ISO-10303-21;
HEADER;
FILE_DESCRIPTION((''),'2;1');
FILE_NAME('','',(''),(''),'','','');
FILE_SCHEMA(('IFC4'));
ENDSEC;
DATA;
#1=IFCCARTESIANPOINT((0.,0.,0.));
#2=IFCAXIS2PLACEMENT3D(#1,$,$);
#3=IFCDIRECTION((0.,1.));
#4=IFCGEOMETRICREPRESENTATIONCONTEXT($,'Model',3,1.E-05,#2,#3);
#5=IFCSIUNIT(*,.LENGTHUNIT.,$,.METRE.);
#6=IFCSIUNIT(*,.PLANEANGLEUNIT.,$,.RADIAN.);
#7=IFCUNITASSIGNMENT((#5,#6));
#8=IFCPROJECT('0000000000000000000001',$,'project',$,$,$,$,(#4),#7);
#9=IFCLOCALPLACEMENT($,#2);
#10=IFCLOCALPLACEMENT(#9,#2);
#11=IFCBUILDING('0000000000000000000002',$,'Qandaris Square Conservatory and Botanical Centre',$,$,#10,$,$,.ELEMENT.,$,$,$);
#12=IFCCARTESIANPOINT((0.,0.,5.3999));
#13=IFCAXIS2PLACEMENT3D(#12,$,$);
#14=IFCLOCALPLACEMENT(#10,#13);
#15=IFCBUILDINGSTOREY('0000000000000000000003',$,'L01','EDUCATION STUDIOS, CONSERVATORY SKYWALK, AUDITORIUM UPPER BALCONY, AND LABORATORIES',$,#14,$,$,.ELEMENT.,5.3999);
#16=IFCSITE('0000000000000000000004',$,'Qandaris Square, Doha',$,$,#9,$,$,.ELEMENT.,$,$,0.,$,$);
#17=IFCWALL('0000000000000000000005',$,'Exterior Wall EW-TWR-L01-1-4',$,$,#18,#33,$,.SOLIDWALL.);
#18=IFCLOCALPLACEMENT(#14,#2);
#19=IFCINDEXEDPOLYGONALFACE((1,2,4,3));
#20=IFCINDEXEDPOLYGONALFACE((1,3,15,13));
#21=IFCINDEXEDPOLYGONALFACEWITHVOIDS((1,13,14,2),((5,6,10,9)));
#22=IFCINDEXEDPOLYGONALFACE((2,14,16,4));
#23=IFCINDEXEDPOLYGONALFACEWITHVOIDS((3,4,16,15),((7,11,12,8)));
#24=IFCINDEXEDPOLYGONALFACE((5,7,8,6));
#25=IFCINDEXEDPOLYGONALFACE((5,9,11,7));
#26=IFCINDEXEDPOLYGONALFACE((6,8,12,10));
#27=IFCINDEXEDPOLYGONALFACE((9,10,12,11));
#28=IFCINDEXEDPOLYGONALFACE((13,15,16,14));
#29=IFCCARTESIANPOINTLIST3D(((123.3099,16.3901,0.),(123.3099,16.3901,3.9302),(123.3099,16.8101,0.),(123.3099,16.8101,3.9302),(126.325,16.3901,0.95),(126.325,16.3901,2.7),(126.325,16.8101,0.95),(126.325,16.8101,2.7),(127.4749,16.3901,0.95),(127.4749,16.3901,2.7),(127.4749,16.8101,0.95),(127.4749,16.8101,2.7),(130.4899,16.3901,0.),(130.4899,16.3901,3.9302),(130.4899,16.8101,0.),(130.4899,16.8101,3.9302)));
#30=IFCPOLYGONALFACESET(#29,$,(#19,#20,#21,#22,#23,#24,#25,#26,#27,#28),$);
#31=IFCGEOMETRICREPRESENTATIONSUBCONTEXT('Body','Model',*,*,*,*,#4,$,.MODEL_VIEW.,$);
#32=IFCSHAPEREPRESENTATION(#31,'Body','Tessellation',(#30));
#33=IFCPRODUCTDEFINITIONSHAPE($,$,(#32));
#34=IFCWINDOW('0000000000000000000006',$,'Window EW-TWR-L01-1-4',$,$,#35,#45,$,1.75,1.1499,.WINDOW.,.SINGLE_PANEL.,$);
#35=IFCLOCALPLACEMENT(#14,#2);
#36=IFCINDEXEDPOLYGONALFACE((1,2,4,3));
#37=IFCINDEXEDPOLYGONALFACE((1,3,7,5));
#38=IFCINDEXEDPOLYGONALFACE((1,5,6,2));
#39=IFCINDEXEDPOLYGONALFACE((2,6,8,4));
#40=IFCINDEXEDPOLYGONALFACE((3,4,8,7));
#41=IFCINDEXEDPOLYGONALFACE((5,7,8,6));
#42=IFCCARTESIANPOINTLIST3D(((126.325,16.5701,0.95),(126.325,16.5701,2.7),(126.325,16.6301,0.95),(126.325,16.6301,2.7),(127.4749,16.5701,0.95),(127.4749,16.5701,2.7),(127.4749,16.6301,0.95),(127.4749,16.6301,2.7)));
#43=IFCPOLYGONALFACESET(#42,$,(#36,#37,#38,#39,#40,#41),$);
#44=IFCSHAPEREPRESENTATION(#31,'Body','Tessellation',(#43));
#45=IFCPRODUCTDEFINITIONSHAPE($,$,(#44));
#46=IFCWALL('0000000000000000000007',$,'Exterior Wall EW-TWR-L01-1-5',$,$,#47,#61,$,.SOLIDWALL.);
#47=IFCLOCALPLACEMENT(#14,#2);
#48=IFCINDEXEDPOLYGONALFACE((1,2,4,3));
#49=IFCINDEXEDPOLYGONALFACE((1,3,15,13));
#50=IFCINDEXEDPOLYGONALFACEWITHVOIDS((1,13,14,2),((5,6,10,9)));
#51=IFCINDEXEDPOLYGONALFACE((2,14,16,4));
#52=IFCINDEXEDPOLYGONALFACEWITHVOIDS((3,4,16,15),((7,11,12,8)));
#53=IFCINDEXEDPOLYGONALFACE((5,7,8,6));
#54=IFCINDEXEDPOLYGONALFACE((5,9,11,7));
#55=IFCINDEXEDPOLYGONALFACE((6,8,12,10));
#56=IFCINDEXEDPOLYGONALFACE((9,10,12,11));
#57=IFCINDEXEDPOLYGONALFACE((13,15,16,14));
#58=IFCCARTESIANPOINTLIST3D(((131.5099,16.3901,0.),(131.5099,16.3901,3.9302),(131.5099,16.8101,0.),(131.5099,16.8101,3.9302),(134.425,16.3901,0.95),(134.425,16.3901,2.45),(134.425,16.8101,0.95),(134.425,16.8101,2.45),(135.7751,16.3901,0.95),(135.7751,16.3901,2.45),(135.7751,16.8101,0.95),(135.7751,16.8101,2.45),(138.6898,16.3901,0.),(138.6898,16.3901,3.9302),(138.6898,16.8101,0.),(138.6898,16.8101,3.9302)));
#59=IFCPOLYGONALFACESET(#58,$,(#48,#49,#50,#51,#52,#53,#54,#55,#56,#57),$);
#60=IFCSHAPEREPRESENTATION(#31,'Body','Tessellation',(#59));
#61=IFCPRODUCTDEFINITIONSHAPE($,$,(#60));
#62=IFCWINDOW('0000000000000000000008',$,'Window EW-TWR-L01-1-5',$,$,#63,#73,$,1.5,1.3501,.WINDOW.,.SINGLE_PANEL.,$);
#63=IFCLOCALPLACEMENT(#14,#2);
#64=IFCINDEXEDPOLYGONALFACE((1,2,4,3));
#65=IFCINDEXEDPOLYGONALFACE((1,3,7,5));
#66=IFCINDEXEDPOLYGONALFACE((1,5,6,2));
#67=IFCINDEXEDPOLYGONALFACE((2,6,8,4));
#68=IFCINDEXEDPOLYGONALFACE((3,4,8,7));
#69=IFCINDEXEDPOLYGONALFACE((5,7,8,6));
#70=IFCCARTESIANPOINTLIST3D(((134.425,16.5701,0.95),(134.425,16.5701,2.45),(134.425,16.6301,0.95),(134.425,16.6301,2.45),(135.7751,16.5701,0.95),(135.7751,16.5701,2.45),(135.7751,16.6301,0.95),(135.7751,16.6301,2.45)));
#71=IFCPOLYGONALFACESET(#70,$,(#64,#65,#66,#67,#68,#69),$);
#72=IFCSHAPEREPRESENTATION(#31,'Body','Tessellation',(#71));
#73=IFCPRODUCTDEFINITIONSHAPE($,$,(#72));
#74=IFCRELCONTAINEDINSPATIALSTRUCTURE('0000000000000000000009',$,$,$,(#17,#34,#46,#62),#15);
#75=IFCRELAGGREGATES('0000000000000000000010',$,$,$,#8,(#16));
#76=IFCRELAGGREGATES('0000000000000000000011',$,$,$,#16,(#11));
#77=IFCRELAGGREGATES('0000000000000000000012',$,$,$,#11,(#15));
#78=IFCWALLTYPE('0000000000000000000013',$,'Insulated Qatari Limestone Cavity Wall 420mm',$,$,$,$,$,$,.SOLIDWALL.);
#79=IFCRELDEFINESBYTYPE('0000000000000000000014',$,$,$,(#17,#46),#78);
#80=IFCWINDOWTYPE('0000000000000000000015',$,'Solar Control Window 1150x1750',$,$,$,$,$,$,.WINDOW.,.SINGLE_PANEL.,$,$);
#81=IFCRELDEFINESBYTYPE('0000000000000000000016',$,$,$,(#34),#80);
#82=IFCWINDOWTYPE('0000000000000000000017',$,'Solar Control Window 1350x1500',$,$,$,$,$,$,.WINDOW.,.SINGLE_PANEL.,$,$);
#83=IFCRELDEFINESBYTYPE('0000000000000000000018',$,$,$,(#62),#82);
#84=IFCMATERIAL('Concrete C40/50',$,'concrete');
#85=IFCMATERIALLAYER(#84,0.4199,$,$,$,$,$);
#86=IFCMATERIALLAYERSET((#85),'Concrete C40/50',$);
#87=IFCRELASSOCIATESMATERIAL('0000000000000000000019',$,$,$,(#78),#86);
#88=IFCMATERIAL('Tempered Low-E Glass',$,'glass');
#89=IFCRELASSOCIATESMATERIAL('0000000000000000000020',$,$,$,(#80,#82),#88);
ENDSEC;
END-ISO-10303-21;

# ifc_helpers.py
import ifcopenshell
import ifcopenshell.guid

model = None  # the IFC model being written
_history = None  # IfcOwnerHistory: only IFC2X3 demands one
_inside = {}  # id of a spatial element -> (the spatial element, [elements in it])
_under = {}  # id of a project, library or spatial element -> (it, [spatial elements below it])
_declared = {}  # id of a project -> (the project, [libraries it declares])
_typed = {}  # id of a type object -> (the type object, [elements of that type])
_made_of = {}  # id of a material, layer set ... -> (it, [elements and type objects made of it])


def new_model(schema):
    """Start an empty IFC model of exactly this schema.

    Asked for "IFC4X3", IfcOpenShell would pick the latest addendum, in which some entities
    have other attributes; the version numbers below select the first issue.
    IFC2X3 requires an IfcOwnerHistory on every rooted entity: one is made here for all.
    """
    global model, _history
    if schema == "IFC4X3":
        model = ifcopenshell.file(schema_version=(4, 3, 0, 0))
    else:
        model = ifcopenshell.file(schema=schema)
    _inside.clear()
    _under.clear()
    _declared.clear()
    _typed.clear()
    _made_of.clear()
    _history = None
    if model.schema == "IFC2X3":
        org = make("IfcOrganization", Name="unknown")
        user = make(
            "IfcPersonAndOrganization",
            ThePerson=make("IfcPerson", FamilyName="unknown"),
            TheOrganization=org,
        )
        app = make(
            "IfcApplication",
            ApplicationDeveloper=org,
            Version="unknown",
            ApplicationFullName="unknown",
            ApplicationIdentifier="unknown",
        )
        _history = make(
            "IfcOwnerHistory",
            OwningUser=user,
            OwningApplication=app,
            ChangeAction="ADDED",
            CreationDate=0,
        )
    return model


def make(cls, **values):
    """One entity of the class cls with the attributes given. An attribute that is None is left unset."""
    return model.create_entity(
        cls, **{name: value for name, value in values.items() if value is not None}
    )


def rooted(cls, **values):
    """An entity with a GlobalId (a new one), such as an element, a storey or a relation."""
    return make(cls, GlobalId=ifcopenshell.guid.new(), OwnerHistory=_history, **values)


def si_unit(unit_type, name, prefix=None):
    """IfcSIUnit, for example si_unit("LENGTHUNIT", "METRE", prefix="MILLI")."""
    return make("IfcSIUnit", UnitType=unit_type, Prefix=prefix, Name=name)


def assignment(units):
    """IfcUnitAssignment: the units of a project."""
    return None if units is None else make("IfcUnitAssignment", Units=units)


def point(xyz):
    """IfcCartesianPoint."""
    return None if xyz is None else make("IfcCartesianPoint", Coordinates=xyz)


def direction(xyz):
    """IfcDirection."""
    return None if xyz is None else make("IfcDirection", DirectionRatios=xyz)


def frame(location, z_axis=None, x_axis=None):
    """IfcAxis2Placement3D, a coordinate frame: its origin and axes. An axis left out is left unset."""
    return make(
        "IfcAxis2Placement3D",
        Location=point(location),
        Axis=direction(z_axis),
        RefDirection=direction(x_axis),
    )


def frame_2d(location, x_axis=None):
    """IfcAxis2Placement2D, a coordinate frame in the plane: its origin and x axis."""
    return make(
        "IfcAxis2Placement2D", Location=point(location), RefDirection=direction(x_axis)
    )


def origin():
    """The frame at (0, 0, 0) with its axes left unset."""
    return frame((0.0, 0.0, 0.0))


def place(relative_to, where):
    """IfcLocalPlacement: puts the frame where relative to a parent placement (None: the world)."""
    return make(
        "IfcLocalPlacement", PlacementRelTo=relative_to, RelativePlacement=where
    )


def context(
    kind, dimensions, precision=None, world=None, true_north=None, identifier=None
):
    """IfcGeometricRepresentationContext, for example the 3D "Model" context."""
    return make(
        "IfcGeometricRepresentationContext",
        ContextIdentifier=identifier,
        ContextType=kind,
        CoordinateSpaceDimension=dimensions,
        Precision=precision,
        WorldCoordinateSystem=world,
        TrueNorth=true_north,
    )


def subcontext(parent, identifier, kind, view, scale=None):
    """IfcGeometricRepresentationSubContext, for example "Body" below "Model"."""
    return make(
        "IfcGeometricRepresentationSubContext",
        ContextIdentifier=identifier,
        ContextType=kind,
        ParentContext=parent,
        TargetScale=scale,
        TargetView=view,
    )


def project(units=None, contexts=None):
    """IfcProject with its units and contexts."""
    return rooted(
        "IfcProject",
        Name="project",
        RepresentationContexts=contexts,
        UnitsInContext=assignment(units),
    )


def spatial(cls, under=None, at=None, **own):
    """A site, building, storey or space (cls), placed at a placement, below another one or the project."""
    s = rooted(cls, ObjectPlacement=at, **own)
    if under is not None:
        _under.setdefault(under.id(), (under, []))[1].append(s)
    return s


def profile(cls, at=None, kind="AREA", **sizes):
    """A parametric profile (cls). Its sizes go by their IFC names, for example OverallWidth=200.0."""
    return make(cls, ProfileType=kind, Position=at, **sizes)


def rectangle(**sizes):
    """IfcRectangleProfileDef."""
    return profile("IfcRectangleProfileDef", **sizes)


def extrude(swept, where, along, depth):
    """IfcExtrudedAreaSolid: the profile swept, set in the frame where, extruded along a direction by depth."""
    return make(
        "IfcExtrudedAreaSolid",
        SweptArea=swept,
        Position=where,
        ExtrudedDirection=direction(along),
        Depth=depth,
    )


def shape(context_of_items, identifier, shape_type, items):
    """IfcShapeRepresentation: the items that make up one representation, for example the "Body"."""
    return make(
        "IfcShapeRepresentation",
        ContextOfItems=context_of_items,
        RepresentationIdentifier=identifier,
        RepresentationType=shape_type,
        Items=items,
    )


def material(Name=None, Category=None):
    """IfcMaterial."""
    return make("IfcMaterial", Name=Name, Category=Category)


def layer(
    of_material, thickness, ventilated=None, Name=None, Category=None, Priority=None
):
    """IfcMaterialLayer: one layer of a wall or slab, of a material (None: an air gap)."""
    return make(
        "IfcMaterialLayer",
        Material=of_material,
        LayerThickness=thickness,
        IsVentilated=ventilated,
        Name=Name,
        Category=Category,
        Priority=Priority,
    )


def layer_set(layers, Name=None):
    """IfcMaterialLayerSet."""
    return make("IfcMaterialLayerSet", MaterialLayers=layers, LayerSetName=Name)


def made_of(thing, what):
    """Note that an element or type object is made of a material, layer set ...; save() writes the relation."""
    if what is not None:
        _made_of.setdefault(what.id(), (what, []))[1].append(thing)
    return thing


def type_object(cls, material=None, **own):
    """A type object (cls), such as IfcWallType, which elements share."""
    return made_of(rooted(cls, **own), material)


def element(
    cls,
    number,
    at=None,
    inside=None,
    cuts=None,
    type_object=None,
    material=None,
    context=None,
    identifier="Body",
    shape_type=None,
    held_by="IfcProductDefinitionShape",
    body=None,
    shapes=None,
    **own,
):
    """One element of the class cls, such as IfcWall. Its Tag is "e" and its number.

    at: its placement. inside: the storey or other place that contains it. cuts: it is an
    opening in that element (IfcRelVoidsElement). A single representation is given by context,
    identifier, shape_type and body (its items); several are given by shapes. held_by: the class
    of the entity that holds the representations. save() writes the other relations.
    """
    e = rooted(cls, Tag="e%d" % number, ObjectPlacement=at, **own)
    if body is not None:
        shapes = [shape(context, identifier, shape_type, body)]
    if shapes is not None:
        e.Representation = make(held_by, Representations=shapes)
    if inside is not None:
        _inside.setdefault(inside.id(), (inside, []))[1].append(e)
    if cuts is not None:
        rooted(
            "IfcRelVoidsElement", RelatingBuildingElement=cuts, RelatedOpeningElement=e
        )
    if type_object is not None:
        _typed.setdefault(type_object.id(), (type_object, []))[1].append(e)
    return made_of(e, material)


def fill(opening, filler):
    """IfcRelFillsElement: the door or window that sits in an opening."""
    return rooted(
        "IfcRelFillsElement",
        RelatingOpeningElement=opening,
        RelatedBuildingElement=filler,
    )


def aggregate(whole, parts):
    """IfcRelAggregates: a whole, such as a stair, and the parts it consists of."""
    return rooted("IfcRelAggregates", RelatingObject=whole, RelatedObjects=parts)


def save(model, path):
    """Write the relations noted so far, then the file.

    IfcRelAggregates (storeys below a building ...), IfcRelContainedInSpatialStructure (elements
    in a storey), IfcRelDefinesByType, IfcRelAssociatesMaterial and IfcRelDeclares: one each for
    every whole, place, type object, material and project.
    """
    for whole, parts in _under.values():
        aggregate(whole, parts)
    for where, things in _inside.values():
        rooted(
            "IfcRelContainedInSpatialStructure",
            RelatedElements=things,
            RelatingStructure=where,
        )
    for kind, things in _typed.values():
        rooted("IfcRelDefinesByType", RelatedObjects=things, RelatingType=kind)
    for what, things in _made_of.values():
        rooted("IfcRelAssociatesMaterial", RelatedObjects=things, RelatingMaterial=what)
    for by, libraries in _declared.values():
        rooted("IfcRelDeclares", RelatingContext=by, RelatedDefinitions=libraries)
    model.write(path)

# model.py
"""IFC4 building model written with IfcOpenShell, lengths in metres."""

from ifc_helpers import new_model, si_unit, direction, frame, frame_2d, origin, place, context, subcontext, project, spatial, rectangle, extrude, material, layer, layer_set, type_object, element, fill, save


model = new_model("IFC4")

# Units and contexts
model_context = context("Model", 3, precision=1e-05, world=origin(), true_north=direction((0.0, 1.0)))
body_context = subcontext(model_context, "Body", "Model", "MODEL_VIEW")
ifc_project = project(units=[si_unit("LENGTHUNIT", "METRE"), si_unit("PLANEANGLEUNIT", "RADIAN")], contexts=[model_context])

# Site, building, storey
site_placement = place(None, origin())
site = spatial("IfcSite", under=ifc_project, at=site_placement, Name="Qandaris Square, Doha", CompositionType="ELEMENT", RefElevation=0.0)
building_placement = place(site_placement, origin())
building = spatial("IfcBuilding", under=site, at=building_placement, Name="Qandaris Square Conservatory and Botanical Centre", CompositionType="ELEMENT")
storey_placement = place(building_placement, frame((0.0, 0.0, 5.3999)))
storey = spatial("IfcBuildingStorey", under=building, at=storey_placement, Name="L01", Description="EDUCATION STUDIOS, CONSERVATORY SKYWALK, AUDITORIUM UPPER BALCONY, AND LABORATORIES", CompositionType="ELEMENT", Elevation=5.3999)

# Walls, openings, windows
ifc_material_1 = material(Name="Concrete C40/50", Category="concrete")
ifc_layer = layer(ifc_material_1, 0.4199)
ifc_layer_set = layer_set([ifc_layer], Name="Concrete C40/50")
wall_type = type_object("IfcWallType", Name="Insulated Qatari Limestone Cavity Wall 420mm", PredefinedType="SOLIDWALL", material=ifc_layer_set)
ifc_material_2 = material(Name="Tempered Low-E Glass", Category="glass")
wall_1_placement = place(storey_placement, frame((123.3101, 16.6001, 0.0), z_axis=(0.0, 0.0, 1.0), x_axis=(1.0, 0.0, 0.0)))
wall_1 = element("IfcWall", 1, at=wall_1_placement, inside=storey, type_object=wall_type, Name="Exterior Wall EW-TWR-L01-1-4", PredefinedType="SOLIDWALL", context=body_context, shape_type="SweptSolid", body=[
    extrude(rectangle(XDim=7.1799, YDim=0.4199, at=frame_2d((3.5898, 0.0))), origin(), (0.0, 0.0, 1.0), 3.9302),
])
opening_1_placement = place(wall_1_placement, frame((3.0149, 0.0, 0.95)))
opening_1 = element("IfcOpeningElement", 2, at=opening_1_placement, cuts=wall_1, PredefinedType="OPENING", context=body_context, shape_type="SweptSolid", body=[
    extrude(rectangle(XDim=1.1499, YDim=1.75, at=frame_2d((0.575, 0.875))), frame((0.0, 0.2219, 0.0), z_axis=(0.0, -1.0, 0.0), x_axis=(1.0, 0.0, 0.0)), (0.0, 0.0, 1.0), 0.4438),
])
window_type_1 = type_object("IfcWindowType", Name="Solar Control Window 1150x1750", PartitioningType="SINGLE_PANEL", PredefinedType="WINDOW", material=ifc_material_2)
window_1_placement = place(opening_1_placement, origin())
window_1 = element("IfcWindow", 3, at=window_1_placement, inside=storey, type_object=window_type_1, Name="Window EW-TWR-L01-1-4", OverallHeight=1.75, OverallWidth=1.1499, PartitioningType="SINGLE_PANEL", PredefinedType="WINDOW", context=body_context, shape_type="SweptSolid", body=[
    extrude(rectangle(XDim=1.1499, YDim=1.75, at=frame_2d((0.575, 0.875))), frame((0.0, 0.03, 0.0), z_axis=(0.0, -1.0, 0.0), x_axis=(1.0, 0.0, 0.0)), (0.0, 0.0, 1.0), 0.0601),
])
fill(opening_1, window_1)
wall_2_placement = place(storey_placement, frame((131.51, 16.6001, 0.0), z_axis=(0.0, 0.0, 1.0), x_axis=(1.0, 0.0, 0.0)))
wall_2 = element("IfcWall", 4, at=wall_2_placement, inside=storey, type_object=wall_type, Name="Exterior Wall EW-TWR-L01-1-5", PredefinedType="SOLIDWALL", context=body_context, shape_type="SweptSolid", body=[
    extrude(rectangle(XDim=7.1799, YDim=0.4199, at=frame_2d((3.5898, 0.0))), origin(), (0.0, 0.0, 1.0), 3.9302),
])
opening_2_placement = place(wall_2_placement, frame((2.915, 0.0, 0.95)))
opening_2 = element("IfcOpeningElement", 5, at=opening_2_placement, cuts=wall_2, PredefinedType="OPENING", context=body_context, shape_type="SweptSolid", body=[
    extrude(rectangle(XDim=1.3501, YDim=1.5, at=frame_2d((0.675, 0.75))), frame((0.0, 0.2219, 0.0), z_axis=(0.0, -1.0, 0.0), x_axis=(1.0, 0.0, 0.0)), (0.0, 0.0, 1.0), 0.4438),
])
window_type_2 = type_object("IfcWindowType", Name="Solar Control Window 1350x1500", PartitioningType="SINGLE_PANEL", PredefinedType="WINDOW", material=ifc_material_2)
window_2_placement = place(opening_2_placement, origin())
window_2 = element("IfcWindow", 6, at=window_2_placement, inside=storey, type_object=window_type_2, Name="Window EW-TWR-L01-1-5", OverallHeight=1.5, OverallWidth=1.3501, PartitioningType="SINGLE_PANEL", PredefinedType="WINDOW", context=body_context, shape_type="SweptSolid", body=[
    extrude(rectangle(XDim=1.3501, YDim=1.5, at=frame_2d((0.675, 0.75))), frame((0.0, 0.03, 0.0), z_axis=(0.0, -1.0, 0.0), x_axis=(1.0, 0.0, 0.0)), (0.0, 0.0, 1.0), 0.0601),
])
fill(opening_2, window_2)

save(model, "model.ifc")
